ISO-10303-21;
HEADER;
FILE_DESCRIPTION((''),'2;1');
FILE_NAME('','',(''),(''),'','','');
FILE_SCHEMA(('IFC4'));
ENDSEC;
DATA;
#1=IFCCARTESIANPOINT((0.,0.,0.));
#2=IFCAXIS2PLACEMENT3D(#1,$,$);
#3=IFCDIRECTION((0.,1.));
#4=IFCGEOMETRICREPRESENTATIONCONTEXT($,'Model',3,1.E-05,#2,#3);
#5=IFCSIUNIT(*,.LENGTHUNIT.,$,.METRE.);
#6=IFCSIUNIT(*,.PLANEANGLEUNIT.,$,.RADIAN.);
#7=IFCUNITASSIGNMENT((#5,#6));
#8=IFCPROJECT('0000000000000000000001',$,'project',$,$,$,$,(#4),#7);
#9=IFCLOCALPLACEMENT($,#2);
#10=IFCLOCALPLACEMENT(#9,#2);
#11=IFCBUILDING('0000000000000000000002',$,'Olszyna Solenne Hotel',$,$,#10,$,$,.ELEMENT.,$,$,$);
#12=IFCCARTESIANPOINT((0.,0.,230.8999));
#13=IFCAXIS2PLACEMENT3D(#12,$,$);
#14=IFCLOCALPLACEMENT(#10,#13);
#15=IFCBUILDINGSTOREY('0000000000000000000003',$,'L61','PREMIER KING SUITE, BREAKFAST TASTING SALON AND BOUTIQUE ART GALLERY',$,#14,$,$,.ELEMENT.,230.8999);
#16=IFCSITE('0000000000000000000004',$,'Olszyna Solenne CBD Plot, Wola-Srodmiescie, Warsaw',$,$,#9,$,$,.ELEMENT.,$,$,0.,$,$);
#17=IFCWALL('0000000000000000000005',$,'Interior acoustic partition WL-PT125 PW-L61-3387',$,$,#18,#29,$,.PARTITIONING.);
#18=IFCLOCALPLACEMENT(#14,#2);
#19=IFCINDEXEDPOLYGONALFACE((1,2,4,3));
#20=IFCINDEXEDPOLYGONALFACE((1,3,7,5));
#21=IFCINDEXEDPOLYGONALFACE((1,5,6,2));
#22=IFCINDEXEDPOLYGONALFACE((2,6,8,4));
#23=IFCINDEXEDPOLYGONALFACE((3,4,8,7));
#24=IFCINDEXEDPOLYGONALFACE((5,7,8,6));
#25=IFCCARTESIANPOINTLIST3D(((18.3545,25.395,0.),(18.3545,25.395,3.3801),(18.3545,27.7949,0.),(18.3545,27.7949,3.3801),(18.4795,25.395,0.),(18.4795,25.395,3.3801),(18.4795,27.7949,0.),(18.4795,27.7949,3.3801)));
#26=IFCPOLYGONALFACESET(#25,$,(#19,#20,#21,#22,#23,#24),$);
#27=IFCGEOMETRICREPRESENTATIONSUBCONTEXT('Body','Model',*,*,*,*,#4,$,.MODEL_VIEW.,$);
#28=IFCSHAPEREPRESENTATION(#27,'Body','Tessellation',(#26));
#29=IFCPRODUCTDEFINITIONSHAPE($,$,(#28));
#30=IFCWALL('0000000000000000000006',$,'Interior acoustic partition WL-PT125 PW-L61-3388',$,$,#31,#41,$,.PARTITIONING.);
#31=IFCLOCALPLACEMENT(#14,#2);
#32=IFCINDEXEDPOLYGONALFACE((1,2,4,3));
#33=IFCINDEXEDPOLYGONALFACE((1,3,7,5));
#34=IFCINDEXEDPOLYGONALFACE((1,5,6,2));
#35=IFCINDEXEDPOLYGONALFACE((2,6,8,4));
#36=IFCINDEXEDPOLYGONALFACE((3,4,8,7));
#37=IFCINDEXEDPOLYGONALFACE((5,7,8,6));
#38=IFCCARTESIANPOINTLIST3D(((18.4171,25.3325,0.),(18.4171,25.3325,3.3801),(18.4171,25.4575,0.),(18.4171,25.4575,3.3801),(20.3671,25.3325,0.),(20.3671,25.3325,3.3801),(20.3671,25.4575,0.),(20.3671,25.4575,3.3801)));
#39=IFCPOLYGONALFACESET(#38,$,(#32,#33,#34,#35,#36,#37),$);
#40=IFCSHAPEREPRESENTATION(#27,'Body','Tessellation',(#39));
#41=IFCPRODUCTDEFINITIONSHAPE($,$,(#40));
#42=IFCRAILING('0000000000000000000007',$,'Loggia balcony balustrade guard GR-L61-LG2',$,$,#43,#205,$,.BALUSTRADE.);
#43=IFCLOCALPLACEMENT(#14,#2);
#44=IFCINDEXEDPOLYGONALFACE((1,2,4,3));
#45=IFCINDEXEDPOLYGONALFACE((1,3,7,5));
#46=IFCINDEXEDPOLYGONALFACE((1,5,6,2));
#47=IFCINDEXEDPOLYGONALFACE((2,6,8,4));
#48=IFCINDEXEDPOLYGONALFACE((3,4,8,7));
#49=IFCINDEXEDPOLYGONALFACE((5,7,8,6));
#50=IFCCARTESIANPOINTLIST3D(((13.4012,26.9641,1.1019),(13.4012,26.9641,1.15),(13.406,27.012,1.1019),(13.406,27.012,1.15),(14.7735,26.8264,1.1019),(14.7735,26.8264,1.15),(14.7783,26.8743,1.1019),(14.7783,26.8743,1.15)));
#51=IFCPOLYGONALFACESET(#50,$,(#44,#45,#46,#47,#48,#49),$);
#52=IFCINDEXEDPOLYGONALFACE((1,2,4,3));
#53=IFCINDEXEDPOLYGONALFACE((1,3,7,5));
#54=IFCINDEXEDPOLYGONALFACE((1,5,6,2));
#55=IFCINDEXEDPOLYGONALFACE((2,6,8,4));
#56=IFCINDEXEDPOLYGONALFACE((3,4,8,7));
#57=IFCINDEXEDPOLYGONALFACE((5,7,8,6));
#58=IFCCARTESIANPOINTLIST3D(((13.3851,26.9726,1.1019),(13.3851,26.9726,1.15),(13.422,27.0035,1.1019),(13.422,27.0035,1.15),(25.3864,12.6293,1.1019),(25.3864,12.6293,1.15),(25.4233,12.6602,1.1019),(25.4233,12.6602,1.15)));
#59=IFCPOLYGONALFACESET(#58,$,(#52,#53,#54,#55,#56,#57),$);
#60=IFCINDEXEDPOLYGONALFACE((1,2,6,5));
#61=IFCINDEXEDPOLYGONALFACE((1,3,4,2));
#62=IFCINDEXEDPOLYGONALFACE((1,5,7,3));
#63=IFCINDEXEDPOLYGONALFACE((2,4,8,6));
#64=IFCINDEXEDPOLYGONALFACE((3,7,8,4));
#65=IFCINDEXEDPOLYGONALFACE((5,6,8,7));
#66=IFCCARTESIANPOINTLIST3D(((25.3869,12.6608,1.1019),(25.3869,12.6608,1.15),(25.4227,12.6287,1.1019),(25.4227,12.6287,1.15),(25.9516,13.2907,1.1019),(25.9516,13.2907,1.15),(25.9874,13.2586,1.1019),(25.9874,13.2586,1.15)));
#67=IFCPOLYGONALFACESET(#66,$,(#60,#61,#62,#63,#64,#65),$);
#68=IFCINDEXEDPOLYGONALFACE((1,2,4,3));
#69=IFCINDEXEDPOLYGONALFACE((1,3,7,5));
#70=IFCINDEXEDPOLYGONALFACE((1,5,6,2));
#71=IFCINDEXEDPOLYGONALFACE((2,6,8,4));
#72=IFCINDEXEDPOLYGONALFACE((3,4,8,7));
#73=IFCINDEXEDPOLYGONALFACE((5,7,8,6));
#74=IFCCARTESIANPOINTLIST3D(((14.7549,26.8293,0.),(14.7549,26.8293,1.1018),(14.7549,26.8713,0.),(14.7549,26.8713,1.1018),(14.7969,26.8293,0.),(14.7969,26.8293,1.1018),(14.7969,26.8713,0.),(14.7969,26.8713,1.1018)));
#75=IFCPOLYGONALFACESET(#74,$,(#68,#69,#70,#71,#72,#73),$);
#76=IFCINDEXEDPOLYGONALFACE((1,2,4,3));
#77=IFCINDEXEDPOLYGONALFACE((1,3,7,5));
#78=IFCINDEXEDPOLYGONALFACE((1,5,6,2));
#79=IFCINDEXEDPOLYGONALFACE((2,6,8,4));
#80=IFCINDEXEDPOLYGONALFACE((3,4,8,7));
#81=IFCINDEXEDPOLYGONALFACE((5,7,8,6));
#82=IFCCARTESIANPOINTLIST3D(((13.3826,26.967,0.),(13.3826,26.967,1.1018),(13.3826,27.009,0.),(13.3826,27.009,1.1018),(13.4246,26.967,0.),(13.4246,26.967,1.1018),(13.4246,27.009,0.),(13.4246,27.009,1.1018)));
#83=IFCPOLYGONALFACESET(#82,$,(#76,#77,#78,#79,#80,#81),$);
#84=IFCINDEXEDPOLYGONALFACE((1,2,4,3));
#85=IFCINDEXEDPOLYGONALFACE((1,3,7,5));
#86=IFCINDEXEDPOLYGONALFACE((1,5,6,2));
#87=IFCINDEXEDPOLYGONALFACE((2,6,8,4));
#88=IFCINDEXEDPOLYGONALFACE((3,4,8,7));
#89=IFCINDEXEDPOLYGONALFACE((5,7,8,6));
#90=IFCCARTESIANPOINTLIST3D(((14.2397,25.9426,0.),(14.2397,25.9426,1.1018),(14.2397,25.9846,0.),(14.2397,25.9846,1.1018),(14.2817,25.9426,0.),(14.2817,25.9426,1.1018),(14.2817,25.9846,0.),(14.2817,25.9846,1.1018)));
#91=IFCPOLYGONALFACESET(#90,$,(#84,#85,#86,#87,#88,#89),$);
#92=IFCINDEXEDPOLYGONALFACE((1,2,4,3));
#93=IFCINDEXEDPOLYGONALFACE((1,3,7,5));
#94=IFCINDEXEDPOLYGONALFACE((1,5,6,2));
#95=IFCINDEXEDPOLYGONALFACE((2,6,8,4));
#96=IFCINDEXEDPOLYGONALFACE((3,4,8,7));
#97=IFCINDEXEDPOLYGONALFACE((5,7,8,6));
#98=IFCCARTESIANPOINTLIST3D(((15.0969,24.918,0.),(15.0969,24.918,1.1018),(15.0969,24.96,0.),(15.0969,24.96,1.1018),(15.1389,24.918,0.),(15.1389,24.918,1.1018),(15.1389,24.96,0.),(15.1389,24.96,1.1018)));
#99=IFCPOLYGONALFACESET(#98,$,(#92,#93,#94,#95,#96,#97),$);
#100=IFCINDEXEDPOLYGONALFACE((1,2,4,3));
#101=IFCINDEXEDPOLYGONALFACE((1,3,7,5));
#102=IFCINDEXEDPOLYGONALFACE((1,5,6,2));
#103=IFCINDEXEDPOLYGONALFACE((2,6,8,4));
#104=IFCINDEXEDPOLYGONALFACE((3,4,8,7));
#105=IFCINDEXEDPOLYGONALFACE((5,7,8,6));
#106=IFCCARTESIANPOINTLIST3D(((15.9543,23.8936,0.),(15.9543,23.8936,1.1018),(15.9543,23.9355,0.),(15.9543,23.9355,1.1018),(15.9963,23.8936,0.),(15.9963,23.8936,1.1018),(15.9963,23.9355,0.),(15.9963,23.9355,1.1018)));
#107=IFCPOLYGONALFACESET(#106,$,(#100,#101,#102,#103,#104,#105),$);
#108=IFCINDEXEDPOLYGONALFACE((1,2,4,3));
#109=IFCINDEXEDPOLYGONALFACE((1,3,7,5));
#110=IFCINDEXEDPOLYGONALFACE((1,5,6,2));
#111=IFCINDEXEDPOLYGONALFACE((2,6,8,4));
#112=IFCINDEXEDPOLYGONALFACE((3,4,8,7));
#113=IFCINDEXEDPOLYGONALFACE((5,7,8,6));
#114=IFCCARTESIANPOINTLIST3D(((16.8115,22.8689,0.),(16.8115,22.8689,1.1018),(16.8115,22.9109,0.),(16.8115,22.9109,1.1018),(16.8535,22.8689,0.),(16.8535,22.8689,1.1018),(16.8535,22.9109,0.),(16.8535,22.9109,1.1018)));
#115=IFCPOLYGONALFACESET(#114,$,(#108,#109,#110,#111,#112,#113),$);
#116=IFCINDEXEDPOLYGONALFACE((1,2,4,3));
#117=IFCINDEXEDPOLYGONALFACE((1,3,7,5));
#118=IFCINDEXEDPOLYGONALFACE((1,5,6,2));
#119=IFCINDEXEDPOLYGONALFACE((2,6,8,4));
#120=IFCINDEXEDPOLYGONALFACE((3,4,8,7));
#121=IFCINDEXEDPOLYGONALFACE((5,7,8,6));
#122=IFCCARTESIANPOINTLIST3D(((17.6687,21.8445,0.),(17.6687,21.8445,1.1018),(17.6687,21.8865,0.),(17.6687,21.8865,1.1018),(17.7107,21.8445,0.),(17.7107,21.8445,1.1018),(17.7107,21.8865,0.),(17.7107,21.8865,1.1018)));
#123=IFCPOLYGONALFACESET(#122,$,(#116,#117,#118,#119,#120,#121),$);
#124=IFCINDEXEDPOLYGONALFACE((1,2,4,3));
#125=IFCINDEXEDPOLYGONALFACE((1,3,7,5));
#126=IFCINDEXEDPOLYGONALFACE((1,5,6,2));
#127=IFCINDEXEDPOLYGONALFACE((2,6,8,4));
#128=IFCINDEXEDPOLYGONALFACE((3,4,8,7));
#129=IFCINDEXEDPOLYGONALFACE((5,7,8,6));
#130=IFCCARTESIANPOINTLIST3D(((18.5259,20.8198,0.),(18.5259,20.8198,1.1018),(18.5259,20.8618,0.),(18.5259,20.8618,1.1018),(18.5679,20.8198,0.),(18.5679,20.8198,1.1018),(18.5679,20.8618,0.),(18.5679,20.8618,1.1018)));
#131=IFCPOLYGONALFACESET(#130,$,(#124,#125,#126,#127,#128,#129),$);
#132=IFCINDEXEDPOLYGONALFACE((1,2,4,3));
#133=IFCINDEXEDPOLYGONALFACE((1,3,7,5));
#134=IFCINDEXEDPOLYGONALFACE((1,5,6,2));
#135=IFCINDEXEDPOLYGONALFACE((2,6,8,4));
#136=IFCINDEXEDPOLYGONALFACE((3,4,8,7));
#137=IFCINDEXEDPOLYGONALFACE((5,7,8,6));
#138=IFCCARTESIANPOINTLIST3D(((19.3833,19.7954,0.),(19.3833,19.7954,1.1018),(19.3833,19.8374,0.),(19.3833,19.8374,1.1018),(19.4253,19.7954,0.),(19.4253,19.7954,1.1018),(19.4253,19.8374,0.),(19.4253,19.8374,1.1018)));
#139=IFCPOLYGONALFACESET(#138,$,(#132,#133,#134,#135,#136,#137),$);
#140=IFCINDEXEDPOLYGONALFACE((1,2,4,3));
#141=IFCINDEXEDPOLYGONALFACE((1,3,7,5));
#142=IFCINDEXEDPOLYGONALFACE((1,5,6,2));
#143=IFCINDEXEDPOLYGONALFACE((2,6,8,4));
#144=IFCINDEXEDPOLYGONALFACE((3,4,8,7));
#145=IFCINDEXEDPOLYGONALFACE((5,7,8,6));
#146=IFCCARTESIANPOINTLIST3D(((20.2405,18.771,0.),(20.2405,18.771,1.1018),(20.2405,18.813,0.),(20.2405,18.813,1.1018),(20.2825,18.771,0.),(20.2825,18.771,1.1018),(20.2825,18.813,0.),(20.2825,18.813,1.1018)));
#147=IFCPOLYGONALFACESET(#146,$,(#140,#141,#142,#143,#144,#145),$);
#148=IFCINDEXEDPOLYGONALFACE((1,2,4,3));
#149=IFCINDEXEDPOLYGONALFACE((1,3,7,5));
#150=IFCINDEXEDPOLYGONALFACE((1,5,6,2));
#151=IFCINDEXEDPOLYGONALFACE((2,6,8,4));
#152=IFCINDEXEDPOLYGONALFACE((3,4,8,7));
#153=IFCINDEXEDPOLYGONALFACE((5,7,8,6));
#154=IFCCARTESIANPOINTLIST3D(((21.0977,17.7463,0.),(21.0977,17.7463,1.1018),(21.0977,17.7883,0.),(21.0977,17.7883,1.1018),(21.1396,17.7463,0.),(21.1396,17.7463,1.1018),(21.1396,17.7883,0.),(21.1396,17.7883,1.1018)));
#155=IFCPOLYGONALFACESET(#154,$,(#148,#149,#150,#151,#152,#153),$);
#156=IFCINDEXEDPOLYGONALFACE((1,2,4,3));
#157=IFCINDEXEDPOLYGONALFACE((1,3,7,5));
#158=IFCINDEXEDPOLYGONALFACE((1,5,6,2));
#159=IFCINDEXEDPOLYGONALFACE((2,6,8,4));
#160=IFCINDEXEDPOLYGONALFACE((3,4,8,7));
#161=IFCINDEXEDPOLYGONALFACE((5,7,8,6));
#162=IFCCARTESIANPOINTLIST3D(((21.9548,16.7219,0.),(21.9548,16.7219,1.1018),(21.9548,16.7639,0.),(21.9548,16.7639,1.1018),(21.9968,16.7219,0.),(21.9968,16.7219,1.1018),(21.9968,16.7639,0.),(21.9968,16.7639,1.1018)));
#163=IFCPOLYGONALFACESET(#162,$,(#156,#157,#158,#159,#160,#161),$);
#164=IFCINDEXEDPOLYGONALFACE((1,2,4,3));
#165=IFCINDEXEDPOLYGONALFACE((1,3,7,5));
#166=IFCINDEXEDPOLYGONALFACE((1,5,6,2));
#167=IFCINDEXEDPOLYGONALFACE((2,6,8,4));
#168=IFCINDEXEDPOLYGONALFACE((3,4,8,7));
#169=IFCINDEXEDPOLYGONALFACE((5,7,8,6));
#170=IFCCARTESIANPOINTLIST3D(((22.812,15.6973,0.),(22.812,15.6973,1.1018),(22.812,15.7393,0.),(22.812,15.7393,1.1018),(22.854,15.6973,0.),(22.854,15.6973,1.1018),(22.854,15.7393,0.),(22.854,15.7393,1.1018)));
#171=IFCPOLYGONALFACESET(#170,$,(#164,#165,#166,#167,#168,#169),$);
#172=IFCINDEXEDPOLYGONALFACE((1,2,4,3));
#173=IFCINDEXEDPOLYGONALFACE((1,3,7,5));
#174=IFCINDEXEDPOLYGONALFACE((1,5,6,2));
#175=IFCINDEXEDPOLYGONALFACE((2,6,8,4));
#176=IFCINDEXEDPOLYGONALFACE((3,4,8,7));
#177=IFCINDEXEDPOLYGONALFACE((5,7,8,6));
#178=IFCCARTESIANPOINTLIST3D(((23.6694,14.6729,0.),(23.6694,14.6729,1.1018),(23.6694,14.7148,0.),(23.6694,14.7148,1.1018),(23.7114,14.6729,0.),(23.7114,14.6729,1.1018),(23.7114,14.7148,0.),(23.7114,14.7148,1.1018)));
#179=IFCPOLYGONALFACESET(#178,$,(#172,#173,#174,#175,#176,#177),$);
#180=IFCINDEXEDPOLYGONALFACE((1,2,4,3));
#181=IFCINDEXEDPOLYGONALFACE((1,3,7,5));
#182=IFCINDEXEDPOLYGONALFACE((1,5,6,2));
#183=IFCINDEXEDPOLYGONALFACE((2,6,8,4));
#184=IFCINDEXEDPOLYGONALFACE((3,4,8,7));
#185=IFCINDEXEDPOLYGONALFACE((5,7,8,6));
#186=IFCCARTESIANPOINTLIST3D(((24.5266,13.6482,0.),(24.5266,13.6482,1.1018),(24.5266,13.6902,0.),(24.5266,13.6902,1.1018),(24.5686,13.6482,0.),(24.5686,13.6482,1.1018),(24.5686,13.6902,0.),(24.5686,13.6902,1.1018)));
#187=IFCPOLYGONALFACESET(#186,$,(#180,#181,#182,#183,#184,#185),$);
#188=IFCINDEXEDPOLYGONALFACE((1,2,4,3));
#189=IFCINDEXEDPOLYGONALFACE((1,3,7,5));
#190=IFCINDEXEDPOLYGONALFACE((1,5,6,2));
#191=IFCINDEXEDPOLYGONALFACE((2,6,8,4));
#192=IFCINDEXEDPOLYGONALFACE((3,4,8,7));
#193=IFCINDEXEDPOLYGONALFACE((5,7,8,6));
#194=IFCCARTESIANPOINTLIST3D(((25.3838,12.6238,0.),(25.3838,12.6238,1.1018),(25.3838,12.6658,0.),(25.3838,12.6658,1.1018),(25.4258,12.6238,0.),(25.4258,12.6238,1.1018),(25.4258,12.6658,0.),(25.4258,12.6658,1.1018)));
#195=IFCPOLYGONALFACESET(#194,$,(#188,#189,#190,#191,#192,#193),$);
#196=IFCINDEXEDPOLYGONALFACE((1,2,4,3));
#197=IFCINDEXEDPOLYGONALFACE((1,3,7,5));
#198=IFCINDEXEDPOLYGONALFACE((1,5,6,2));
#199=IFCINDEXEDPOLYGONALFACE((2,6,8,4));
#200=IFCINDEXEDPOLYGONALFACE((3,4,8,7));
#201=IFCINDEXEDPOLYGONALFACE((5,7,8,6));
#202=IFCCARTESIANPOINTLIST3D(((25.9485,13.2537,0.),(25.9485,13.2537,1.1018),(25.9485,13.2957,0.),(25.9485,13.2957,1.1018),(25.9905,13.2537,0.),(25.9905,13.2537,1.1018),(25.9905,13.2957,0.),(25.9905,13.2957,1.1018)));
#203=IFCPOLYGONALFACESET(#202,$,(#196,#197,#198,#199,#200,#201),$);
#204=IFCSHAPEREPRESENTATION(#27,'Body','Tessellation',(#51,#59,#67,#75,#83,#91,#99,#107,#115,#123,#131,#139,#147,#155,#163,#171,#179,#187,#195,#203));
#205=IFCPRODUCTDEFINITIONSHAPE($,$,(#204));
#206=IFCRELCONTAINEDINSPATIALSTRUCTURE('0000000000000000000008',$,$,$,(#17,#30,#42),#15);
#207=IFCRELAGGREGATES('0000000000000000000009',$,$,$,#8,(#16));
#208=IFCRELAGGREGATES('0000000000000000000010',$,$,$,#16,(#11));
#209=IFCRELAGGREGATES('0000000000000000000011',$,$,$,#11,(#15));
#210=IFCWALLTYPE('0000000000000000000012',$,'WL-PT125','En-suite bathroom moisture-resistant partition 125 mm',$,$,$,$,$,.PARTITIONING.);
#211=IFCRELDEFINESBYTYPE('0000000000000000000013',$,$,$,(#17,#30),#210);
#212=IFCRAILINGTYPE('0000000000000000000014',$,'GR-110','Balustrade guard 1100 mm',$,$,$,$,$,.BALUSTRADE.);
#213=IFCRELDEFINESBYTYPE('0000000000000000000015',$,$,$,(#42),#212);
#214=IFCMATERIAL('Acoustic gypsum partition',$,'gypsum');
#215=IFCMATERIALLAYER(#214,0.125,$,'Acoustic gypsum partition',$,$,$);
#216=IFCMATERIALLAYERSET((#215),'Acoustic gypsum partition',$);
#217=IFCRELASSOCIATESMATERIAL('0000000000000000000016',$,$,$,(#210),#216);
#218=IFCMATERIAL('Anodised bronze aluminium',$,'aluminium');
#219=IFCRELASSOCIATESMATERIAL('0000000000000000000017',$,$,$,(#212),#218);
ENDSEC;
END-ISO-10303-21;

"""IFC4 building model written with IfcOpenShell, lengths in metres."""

from ifc_helpers import new_model, si_unit, direction, frame, frame_2d, origin, origin_2d, place, context, subcontext, project, spatial, rectangle, extrude, material, layer, layer_set, type_object, element, save


model = new_model("IFC4")

# Units and contexts
model_context = context("Model", 3, precision=1e-05, world=origin(), true_north=direction((0.0, 1.0)))
body_context = subcontext(model_context, "Body", "Model", "MODEL_VIEW")
ifc_project = project(units=[si_unit("LENGTHUNIT", "METRE"), si_unit("PLANEANGLEUNIT", "RADIAN")], contexts=[model_context])

# Site, building, storey
site_placement = place(None, origin())
site = spatial("IfcSite", under=ifc_project, at=site_placement, Name="Olszyna Solenne CBD Plot, Wola-Srodmiescie, Warsaw", CompositionType="ELEMENT", RefElevation=0.0)
building_placement = place(site_placement, origin())
building = spatial("IfcBuilding", under=site, at=building_placement, Name="Olszyna Solenne Hotel", CompositionType="ELEMENT")
storey_placement = place(building_placement, frame((0.0, 0.0, 230.8999)))
storey = spatial("IfcBuildingStorey", under=building, at=storey_placement, Name="L61", Description="PREMIER KING SUITE, BREAKFAST TASTING SALON AND BOUTIQUE ART GALLERY", CompositionType="ELEMENT", Elevation=230.8999)

# Shared definitions
ifc_material_1 = material(Name="Acoustic gypsum partition", Category="gypsum")
ifc_layer_1 = layer(ifc_material_1, 0.125, Name="Acoustic gypsum partition")
ifc_layer_set_1 = layer_set([ifc_layer_1], Name="Acoustic gypsum partition")
wall_type_1 = type_object("IfcWallType", Name="WL-PT125", Description="En-suite bathroom moisture-resistant partition 125 mm", PredefinedType="PARTITIONING", material=ifc_layer_set_1)

# Walls
wall_1_placement = place(storey_placement, frame((18.417, 27.7949, 0.0), z_axis=(0.0, 0.0, 1.0), x_axis=(0.0, -1.0, 0.0)))
element("IfcWall", 1, at=wall_1_placement, inside=storey, type_object=wall_type_1, Name="Interior acoustic partition WL-PT125 PW-L61-3387", PredefinedType="PARTITIONING", context=body_context, shape_type="SweptSolid", body=[
    extrude(rectangle(XDim=2.3999, YDim=0.125, at=frame_2d((1.2, 0.0))), origin(), (0.0, 0.0, 1.0), 3.3801),
])
wall_2_placement = place(storey_placement, frame((18.417, 25.395, 0.0), z_axis=(0.0, 0.0, 1.0), x_axis=(1.0, 0.0, 0.0)))
element("IfcWall", 2, at=wall_2_placement, inside=storey, type_object=wall_type_1, Name="Interior acoustic partition WL-PT125 PW-L61-3388", PredefinedType="PARTITIONING", context=body_context, shape_type="SweptSolid", body=[
    extrude(rectangle(XDim=1.95, YDim=0.125, at=frame_2d((0.9751, 0.0))), origin(), (0.0, 0.0, 1.0), 3.3801),
])

# Railing
ifc_material_2 = material(Name="Anodised bronze aluminium", Category="aluminium")
railing_type = type_object("IfcRailingType", Name="GR-110", Description="Balustrade guard 1100 mm", PredefinedType="BALUSTRADE", material=ifc_material_2)
railing_placement = place(storey_placement, frame((14.7759, 26.8503, 0.0)))
element("IfcRailing", 3, at=railing_placement, inside=storey, type_object=railing_type, Name="Loggia balcony balustrade guard GR-L61-LG2", PredefinedType="BALUSTRADE", context=body_context, shape_type="SweptSolid", body=[
    extrude(rectangle(XDim=0.0481, YDim=0.0481, at=origin_2d()), frame((0.0, 0.0, 1.126), z_axis=(-0.995004, 0.099837, 0.0), x_axis=(-0.099837, -0.995004, 0.0)), (0.0, 0.0, 1.0), 1.3792),
    extrude(rectangle(XDim=0.0481, YDim=0.0481, at=origin_2d()), frame((-1.3723, 0.1377, 1.126), z_axis=(0.641714, -0.766944, 0.0), x_axis=(0.766944, 0.641714, 0.0)), (0.0, 0.0, 1.0), 18.7019),
    extrude(rectangle(XDim=0.0481, YDim=0.0481, at=origin_2d()), frame((10.6289, -14.2056, 1.126), z_axis=(0.667528, 0.744584, 0.0), x_axis=(-0.744584, 0.667528, 0.0)), (0.0, 0.0, 1.0), 0.8459),
    extrude(rectangle(XDim=0.042, YDim=0.042, at=origin_2d()), origin(), (0.0, 0.0, 1.0), 1.1018),
    extrude(rectangle(XDim=0.042, YDim=0.042, at=origin_2d()), frame((-1.3723, 0.1377, 0.0)), (0.0, 0.0, 1.0), 1.1018),
    extrude(rectangle(XDim=0.042, YDim=0.042, at=origin_2d()), frame((-0.5151, -0.8867, 0.0)), (0.0, 0.0, 1.0), 1.1018),
    extrude(rectangle(XDim=0.042, YDim=0.042, at=origin_2d()), frame((0.342, -1.9114, 0.0)), (0.0, 0.0, 1.0), 1.1018),
    extrude(rectangle(XDim=0.042, YDim=0.042, at=origin_2d()), frame((1.1995, -2.9358, 0.0)), (0.0, 0.0, 1.0), 1.1018),
    extrude(rectangle(XDim=0.042, YDim=0.042, at=origin_2d()), frame((2.0566, -3.9604, 0.0)), (0.0, 0.0, 1.0), 1.1018),
    extrude(rectangle(XDim=0.042, YDim=0.042, at=origin_2d()), frame((2.9138, -4.9849, 0.0)), (0.0, 0.0, 1.0), 1.1018),
    extrude(rectangle(XDim=0.042, YDim=0.042, at=origin_2d()), frame((3.771, -6.0095, 0.0)), (0.0, 0.0, 1.0), 1.1018),
    extrude(rectangle(XDim=0.042, YDim=0.042, at=origin_2d()), frame((4.6284, -7.0339, 0.0)), (0.0, 0.0, 1.0), 1.1018),
    extrude(rectangle(XDim=0.042, YDim=0.042, at=origin_2d()), frame((5.4856, -8.0583, 0.0)), (0.0, 0.0, 1.0), 1.1018),
    extrude(rectangle(XDim=0.042, YDim=0.042, at=origin_2d()), frame((6.3428, -9.083, 0.0)), (0.0, 0.0, 1.0), 1.1018),
    extrude(rectangle(XDim=0.042, YDim=0.042, at=origin_2d()), frame((7.2, -10.1074, 0.0)), (0.0, 0.0, 1.0), 1.1018),
    extrude(rectangle(XDim=0.042, YDim=0.042, at=origin_2d()), frame((8.0571, -11.1321, 0.0)), (0.0, 0.0, 1.0), 1.1018),
    extrude(rectangle(XDim=0.042, YDim=0.042, at=origin_2d()), frame((8.9146, -12.1565, 0.0)), (0.0, 0.0, 1.0), 1.1018),
    extrude(rectangle(XDim=0.042, YDim=0.042, at=origin_2d()), frame((9.7717, -13.1812, 0.0)), (0.0, 0.0, 1.0), 1.1018),
    extrude(rectangle(XDim=0.042, YDim=0.042, at=origin_2d()), frame((10.6289, -14.2056, 0.0)), (0.0, 0.0, 1.0), 1.1018),
    extrude(rectangle(XDim=0.042, YDim=0.042, at=origin_2d()), frame((11.1936, -13.5757, 0.0)), (0.0, 0.0, 1.0), 1.1018),
])

save(model, "model.ifc")
